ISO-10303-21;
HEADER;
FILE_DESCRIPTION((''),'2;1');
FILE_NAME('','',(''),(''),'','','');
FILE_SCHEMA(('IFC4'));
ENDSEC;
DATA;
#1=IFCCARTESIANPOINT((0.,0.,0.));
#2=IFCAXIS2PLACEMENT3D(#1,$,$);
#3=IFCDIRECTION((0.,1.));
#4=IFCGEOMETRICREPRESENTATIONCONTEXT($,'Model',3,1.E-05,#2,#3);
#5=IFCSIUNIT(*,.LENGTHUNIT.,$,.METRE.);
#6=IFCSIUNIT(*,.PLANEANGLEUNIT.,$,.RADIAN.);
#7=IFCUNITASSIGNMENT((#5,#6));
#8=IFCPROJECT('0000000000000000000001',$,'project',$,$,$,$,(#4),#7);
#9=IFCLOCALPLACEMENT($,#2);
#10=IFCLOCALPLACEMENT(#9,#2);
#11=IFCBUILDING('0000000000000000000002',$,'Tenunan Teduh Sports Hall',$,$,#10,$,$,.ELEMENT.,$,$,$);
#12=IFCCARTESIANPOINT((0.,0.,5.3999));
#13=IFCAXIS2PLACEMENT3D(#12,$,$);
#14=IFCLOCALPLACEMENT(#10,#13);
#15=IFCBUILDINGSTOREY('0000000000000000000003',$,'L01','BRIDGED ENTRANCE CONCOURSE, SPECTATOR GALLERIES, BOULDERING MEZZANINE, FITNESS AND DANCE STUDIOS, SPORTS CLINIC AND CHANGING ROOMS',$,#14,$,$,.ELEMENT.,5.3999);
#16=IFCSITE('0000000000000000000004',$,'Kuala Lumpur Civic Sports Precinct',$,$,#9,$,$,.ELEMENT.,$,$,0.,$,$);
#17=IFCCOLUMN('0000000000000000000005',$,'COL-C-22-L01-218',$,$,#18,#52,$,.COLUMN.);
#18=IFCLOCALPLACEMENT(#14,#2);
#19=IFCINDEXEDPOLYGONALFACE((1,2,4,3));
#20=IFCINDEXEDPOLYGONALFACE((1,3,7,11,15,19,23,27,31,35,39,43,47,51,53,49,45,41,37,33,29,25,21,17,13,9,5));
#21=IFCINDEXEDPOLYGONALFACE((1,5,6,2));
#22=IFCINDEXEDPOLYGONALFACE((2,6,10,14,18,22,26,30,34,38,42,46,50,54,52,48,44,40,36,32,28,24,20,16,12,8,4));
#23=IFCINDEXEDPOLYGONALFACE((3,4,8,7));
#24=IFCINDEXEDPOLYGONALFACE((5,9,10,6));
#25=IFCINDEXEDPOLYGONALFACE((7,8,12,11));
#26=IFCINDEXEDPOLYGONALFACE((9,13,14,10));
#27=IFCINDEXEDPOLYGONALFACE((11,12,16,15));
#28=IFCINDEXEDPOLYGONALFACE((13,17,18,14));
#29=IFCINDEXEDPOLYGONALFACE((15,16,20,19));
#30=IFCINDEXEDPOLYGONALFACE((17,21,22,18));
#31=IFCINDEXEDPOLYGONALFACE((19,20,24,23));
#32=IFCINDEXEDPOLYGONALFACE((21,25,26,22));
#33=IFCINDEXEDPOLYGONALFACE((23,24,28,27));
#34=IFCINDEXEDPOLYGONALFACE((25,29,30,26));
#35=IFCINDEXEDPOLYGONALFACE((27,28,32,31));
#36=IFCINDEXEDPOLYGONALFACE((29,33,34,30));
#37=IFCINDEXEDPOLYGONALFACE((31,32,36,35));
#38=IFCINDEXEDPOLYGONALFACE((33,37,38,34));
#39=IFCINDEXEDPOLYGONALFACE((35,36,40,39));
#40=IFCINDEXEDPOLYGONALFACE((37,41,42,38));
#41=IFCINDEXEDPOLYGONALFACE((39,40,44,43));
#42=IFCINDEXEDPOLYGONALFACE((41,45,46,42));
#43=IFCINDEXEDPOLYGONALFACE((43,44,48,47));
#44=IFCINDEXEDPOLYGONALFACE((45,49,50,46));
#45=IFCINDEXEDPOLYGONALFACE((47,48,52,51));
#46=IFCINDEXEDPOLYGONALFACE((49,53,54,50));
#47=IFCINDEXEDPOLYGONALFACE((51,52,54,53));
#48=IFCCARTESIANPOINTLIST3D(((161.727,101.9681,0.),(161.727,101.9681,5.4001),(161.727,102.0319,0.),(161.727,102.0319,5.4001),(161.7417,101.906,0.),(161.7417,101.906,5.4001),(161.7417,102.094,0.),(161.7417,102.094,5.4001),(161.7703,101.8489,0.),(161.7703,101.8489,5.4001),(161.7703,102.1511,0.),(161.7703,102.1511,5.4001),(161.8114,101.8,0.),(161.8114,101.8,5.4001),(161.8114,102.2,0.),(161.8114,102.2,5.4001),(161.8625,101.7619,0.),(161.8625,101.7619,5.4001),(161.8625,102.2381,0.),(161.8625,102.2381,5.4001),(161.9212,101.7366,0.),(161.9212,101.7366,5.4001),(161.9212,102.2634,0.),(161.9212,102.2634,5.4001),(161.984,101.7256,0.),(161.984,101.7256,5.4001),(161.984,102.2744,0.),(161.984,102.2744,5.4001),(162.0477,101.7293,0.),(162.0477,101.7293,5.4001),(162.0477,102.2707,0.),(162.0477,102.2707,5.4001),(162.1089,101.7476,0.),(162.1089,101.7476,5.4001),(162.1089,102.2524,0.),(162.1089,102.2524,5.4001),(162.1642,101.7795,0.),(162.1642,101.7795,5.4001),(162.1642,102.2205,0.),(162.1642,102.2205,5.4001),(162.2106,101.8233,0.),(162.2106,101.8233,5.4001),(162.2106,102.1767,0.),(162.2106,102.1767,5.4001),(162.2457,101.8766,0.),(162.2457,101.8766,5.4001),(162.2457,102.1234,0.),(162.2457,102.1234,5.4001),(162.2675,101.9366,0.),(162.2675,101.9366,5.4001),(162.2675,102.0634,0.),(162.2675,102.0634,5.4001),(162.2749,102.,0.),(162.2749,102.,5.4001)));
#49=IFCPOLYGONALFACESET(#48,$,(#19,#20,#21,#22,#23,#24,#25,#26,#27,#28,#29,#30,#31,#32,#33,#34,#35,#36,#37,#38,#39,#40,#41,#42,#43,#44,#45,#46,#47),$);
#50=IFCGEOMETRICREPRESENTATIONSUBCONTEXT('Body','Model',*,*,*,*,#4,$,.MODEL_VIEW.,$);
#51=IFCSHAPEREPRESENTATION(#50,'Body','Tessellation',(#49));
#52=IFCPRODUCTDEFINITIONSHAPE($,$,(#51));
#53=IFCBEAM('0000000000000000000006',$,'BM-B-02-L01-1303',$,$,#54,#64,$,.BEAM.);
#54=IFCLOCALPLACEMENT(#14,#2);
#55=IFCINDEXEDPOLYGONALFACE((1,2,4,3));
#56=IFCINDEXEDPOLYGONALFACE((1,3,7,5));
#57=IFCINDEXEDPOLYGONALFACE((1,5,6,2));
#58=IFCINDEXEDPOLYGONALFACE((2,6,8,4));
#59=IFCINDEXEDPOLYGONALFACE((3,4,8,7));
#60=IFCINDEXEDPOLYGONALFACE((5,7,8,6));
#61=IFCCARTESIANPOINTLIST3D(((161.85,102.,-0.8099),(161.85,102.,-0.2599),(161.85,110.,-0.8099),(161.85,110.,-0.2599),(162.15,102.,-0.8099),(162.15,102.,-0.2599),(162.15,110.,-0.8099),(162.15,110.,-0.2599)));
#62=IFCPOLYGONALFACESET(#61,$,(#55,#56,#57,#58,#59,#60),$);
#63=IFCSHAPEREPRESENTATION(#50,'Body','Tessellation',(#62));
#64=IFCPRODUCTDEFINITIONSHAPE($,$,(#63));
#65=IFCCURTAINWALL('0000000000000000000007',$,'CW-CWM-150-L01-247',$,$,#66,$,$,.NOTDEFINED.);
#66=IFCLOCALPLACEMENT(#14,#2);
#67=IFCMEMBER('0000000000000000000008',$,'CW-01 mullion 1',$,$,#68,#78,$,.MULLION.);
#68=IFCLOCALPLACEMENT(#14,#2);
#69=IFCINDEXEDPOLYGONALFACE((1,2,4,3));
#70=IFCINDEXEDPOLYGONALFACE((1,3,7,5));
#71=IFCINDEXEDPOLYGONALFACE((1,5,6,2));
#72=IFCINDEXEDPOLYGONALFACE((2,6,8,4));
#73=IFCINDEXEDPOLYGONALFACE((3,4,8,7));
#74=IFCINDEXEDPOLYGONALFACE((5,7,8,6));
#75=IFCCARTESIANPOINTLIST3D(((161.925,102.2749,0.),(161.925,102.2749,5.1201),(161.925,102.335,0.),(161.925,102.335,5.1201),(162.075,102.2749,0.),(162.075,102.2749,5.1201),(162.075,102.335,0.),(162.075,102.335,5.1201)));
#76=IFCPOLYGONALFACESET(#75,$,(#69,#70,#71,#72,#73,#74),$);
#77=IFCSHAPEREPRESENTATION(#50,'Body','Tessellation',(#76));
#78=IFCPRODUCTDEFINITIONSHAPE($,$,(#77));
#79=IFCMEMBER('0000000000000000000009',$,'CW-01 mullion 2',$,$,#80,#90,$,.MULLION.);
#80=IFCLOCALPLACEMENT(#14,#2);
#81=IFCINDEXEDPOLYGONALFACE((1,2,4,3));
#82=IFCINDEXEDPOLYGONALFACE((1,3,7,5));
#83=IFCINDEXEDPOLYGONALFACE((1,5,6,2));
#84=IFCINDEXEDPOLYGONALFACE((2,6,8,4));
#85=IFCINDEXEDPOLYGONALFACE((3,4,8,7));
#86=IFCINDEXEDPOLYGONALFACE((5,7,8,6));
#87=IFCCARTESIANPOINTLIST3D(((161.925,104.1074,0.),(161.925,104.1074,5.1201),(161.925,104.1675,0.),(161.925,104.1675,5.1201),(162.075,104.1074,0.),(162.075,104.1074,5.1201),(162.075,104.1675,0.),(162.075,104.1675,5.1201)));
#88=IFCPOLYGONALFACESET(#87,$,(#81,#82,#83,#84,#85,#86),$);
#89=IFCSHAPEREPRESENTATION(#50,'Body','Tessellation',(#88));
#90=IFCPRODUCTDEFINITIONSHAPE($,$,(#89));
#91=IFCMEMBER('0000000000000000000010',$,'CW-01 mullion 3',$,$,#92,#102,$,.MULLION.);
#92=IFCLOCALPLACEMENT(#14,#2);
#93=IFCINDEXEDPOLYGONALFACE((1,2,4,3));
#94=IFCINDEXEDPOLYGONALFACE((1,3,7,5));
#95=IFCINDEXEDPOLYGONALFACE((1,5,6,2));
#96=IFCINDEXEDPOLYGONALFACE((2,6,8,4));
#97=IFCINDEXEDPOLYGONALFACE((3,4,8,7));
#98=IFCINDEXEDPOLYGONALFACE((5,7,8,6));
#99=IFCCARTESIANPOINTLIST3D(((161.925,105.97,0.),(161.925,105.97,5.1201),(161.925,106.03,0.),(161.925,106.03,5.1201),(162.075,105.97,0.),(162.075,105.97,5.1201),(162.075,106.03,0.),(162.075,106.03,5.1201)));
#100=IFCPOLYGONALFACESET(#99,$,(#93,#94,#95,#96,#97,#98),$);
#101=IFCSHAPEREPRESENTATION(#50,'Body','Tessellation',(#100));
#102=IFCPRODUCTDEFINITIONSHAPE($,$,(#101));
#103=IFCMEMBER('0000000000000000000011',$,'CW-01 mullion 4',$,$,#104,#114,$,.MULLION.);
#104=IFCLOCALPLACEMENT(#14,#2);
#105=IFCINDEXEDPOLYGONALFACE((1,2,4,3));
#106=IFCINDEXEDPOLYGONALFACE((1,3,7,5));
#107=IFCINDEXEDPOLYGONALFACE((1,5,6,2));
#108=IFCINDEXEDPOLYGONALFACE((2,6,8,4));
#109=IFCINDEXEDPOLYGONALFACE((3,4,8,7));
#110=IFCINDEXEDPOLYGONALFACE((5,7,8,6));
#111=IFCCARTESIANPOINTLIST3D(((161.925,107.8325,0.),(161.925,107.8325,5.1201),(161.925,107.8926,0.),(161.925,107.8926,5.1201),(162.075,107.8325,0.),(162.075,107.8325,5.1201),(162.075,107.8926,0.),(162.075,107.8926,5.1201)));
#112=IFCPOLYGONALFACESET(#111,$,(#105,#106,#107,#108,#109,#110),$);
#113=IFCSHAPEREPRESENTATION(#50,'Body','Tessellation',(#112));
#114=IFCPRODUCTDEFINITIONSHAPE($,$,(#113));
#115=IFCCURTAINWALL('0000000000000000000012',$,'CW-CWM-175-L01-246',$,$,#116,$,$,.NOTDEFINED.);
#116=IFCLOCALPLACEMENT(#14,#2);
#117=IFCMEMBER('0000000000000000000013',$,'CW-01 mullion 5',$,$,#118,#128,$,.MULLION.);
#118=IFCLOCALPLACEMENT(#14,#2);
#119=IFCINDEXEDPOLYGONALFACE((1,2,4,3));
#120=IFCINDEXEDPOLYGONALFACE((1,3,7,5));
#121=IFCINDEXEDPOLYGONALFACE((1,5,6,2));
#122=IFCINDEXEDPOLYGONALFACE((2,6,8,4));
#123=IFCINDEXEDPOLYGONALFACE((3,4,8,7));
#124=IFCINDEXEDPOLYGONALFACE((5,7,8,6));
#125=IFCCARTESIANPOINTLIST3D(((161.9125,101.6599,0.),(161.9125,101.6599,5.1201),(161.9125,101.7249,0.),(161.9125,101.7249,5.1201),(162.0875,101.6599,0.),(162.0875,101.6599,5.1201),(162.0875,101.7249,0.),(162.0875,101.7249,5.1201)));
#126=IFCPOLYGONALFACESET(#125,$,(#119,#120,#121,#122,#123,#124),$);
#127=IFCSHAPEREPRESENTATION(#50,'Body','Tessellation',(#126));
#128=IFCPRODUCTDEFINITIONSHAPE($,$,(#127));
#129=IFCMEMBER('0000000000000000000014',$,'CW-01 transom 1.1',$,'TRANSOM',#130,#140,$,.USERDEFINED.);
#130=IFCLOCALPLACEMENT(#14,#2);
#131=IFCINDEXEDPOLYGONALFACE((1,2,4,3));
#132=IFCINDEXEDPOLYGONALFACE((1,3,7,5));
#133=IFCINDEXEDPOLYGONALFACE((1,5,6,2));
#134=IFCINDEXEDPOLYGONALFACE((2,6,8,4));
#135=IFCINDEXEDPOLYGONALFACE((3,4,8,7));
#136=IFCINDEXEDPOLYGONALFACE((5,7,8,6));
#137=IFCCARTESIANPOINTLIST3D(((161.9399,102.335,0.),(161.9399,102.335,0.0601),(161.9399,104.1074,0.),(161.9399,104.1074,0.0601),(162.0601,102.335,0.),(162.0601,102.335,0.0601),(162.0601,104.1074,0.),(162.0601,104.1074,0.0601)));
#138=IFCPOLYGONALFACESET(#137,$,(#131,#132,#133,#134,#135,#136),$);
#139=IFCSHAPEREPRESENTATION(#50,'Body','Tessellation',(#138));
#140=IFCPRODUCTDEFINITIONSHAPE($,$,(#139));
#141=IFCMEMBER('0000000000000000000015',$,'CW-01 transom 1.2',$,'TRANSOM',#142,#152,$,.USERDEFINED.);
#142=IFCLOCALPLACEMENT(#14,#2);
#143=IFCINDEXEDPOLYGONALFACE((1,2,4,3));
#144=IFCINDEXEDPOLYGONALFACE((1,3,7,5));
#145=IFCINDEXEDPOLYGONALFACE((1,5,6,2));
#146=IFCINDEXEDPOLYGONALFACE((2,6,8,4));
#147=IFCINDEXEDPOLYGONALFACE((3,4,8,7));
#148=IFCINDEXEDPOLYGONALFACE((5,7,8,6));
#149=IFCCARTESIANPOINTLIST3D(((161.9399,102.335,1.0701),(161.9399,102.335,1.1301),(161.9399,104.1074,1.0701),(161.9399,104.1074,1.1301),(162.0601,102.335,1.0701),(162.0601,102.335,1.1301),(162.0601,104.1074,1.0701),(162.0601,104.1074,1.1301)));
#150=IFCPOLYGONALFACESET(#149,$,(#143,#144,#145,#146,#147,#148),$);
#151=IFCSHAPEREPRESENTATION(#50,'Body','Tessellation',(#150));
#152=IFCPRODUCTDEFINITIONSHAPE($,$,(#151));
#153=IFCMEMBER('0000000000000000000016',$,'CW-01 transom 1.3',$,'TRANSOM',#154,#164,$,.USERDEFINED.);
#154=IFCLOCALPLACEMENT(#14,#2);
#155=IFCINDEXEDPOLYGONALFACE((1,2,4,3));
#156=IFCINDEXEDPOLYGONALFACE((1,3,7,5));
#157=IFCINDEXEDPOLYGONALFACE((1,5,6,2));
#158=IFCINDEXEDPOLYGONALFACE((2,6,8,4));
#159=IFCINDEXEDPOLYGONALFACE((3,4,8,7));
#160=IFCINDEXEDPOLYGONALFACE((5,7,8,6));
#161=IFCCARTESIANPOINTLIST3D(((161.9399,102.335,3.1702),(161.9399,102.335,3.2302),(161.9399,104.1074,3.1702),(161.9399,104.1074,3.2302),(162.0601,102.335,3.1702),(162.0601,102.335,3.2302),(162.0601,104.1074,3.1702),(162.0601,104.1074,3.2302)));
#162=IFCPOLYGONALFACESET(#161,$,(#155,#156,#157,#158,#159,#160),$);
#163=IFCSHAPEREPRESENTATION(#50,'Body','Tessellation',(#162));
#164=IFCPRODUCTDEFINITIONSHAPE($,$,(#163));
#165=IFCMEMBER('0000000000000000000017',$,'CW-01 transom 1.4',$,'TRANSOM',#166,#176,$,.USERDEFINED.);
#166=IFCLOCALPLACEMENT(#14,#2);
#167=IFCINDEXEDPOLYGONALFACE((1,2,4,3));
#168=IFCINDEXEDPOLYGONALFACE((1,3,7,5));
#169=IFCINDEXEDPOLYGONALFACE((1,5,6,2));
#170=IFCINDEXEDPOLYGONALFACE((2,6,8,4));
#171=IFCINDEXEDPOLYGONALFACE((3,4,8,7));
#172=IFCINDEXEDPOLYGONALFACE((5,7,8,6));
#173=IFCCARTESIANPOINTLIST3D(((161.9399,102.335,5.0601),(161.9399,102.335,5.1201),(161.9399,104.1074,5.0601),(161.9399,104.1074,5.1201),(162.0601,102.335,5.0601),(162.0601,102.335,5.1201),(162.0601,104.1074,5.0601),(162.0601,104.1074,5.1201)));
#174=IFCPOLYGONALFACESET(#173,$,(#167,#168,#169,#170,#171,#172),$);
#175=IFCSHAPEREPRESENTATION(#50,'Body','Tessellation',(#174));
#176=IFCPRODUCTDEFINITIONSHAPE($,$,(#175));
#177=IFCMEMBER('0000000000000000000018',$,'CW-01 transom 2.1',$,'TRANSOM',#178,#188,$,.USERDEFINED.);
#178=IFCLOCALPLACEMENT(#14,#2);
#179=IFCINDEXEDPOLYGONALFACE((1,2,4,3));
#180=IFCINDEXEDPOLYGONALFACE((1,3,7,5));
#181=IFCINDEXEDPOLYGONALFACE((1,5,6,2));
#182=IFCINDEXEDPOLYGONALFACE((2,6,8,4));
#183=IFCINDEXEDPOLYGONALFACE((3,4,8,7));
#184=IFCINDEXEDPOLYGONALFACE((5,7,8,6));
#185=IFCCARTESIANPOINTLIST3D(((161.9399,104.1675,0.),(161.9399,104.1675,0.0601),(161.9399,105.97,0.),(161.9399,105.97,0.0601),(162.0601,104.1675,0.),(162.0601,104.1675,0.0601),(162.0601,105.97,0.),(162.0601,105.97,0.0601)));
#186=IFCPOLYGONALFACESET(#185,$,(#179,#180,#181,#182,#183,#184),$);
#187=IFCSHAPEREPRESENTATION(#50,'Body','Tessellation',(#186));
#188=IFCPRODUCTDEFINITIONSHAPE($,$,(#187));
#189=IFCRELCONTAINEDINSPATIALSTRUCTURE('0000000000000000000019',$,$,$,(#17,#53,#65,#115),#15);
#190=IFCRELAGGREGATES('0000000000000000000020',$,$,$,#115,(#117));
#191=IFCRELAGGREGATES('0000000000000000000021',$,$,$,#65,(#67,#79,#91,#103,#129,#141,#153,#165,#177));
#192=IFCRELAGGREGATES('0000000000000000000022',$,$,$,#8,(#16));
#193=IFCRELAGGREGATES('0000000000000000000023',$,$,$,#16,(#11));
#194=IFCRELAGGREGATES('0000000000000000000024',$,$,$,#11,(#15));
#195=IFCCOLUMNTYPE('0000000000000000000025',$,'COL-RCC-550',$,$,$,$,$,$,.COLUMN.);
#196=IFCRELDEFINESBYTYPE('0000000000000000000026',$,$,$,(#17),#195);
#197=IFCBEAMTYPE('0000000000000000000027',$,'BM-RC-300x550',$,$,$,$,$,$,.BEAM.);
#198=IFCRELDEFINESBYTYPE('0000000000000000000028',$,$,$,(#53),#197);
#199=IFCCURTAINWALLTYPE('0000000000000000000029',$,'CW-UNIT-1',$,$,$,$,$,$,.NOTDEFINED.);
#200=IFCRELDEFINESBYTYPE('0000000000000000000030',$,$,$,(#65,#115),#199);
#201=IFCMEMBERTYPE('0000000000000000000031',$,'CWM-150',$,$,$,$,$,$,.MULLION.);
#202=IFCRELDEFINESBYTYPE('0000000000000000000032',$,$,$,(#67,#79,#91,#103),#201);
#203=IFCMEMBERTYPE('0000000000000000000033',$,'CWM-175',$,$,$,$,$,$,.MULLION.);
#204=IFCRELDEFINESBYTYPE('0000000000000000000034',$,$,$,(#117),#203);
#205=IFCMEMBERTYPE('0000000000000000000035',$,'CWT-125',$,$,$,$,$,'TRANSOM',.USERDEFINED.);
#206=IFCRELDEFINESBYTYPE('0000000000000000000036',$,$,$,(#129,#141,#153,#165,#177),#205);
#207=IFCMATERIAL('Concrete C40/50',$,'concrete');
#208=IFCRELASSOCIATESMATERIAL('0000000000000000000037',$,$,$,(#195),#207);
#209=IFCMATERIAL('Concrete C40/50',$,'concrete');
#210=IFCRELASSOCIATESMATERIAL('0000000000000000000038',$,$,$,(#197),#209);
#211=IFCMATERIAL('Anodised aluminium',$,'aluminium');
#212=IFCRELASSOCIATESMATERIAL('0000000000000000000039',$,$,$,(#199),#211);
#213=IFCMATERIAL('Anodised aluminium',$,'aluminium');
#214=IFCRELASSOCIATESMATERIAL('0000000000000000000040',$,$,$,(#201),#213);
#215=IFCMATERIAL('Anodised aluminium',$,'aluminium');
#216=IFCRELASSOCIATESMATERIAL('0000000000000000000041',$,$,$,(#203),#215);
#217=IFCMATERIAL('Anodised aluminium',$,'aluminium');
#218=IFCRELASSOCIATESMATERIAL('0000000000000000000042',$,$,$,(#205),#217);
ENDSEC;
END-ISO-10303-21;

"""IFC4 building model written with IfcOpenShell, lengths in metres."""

from ifc_helpers import new_model, si_unit, direction, frame, origin, origin_2d, place, context, subcontext, project, spatial, rectangle, circle, extrude, material, material_profile, profile_set, type_object, element, aggregate, save


model = new_model("IFC4")

# Units and contexts
model_context = context("Model", 3, precision=1e-05, world=origin(), true_north=direction((0.0, 1.0)))
body_context = subcontext(model_context, "Body", "Model", "MODEL_VIEW")
ifc_project = project(units=[si_unit("LENGTHUNIT", "METRE"), si_unit("PLANEANGLEUNIT", "RADIAN")], contexts=[model_context])

# Site, building, storey
site_placement = place(None, origin())
site = spatial("IfcSite", under=ifc_project, at=site_placement, Name="Kuala Lumpur Civic Sports Precinct", CompositionType="ELEMENT", RefElevation=0.0)
building_placement = place(site_placement, origin())
building = spatial("IfcBuilding", under=site, at=building_placement, Name="Tenunan Teduh Sports Hall", CompositionType="ELEMENT")
storey_placement = place(building_placement, frame((0.0, 0.0, 5.3999)))
storey = spatial("IfcBuildingStorey", under=building, at=storey_placement, Name="L01", Description="BRIDGED ENTRANCE CONCOURSE, SPECTATOR GALLERIES, BOULDERING MEZZANINE, FITNESS AND DANCE STUDIOS, SPORTS CLINIC AND CHANGING ROOMS", CompositionType="ELEMENT", Elevation=5.3999)

# Column
ifc_material_1 = material(Name="Concrete C40/50", Category="concrete")
ifc_material_profile_1 = material_profile(ifc_material_1, circle(Radius=0.2749, at=origin_2d()), Name="RCC D550")
ifc_profile_set_1 = profile_set([ifc_material_profile_1], Name="Concrete C40/50")
column_type = type_object("IfcColumnType", Name="COL-RCC-550", PredefinedType="COLUMN", material=ifc_profile_set_1)
column_placement = place(storey_placement, frame((162.0, 102.0, 0.0), z_axis=(0.0, 0.0, 1.0), x_axis=(1.0, 0.0, 0.0)))
element("IfcColumn", 1, at=column_placement, inside=storey, type_object=column_type, Name="COL-C-22-L01-218", PredefinedType="COLUMN", context=body_context, shape_type="SweptSolid", body=[
    extrude(circle(Radius=0.2749, at=origin_2d()), origin(), (0.0, 0.0, 1.0), 5.4001),
])

# Beam
ifc_material_2 = material(Name="Concrete C40/50", Category="concrete")
ifc_material_profile_2 = material_profile(ifc_material_2, rectangle(XDim=0.3, YDim=0.55, at=origin_2d()), Name="RCB 300x550")
ifc_profile_set_2 = profile_set([ifc_material_profile_2], Name="Concrete C40/50")
beam_type_1 = type_object("IfcBeamType", Name="BM-RC-300x550", PredefinedType="BEAM", material=ifc_profile_set_2)
beam_1_placement = place(storey_placement, frame((162.0, 102.0, -0.5349), z_axis=(0.0, 1.0, 0.0), x_axis=(-1.0, 0.0, 0.0)))
element("IfcBeam", 2, at=beam_1_placement, inside=storey, type_object=beam_type_1, Name="BM-B-02-L01-1303", PredefinedType="BEAM", context=body_context, shape_type="SweptSolid", body=[
    extrude(rectangle(XDim=0.3, YDim=0.55, at=origin_2d()), origin(), (0.0, 0.0, 1.0), 8.0),
])

# Curtain wall, members
ifc_material_3 = material(Name="Anodised aluminium", Category="aluminium")
curtain_wall_type = type_object("IfcCurtainWallType", Name="CW-UNIT-1", PredefinedType="NOTDEFINED", material=ifc_material_3)
curtain_wall_1_placement = place(storey_placement, origin())
curtain_wall_1 = element("IfcCurtainWall", 3, at=curtain_wall_1_placement, inside=storey, type_object=curtain_wall_type, Name="CW-CWM-150-L01-247", PredefinedType="NOTDEFINED")
ifc_material_4 = material(Name="Anodised aluminium", Category="aluminium")
ifc_material_profile_3 = material_profile(ifc_material_4, rectangle(XDim=0.0601, YDim=0.1499, at=origin_2d()), Name="CWM 60x150")
ifc_profile_set_3 = profile_set([ifc_material_profile_3], Name="Anodised aluminium")
member_type_1 = type_object("IfcMemberType", Name="CWM-150", PredefinedType="MULLION", material=ifc_profile_set_3)
member_1_placement = place(storey_placement, frame((162.0, 102.3049, 0.0), z_axis=(0.0, 0.0, 1.0), x_axis=(0.0, 1.0, 0.0)))
member_1 = element("IfcMember", 4, at=member_1_placement, type_object=member_type_1, Name="CW-01 mullion 1", PredefinedType="MULLION", context=body_context, shape_type="SweptSolid", body=[
    extrude(rectangle(XDim=0.0601, YDim=0.1499, at=origin_2d()), origin(), (0.0, 0.0, 1.0), 5.1201),
])
member_2_placement = place(storey_placement, frame((162.0, 104.1375, 0.0), z_axis=(0.0, 0.0, 1.0), x_axis=(0.0, 1.0, 0.0)))
member_2 = element("IfcMember", 5, at=member_2_placement, type_object=member_type_1, Name="CW-01 mullion 2", PredefinedType="MULLION", context=body_context, shape_type="SweptSolid", body=[
    extrude(rectangle(XDim=0.0601, YDim=0.1499, at=origin_2d()), origin(), (0.0, 0.0, 1.0), 5.1201),
])
member_3_placement = place(storey_placement, frame((162.0, 106.0, 0.0), z_axis=(0.0, 0.0, 1.0), x_axis=(0.0, 1.0, 0.0)))
member_3 = element("IfcMember", 6, at=member_3_placement, type_object=member_type_1, Name="CW-01 mullion 3", PredefinedType="MULLION", context=body_context, shape_type="SweptSolid", body=[
    extrude(rectangle(XDim=0.0601, YDim=0.1499, at=origin_2d()), origin(), (0.0, 0.0, 1.0), 5.1201),
])
member_4_placement = place(storey_placement, frame((162.0, 107.8625, 0.0), z_axis=(0.0, 0.0, 1.0), x_axis=(0.0, 1.0, 0.0)))
member_4 = element("IfcMember", 7, at=member_4_placement, type_object=member_type_1, Name="CW-01 mullion 4", PredefinedType="MULLION", context=body_context, shape_type="SweptSolid", body=[
    extrude(rectangle(XDim=0.0601, YDim=0.1499, at=origin_2d()), origin(), (0.0, 0.0, 1.0), 5.1201),
])

# Curtain wall, member
curtain_wall_2_placement = place(storey_placement, origin())
curtain_wall_2 = element("IfcCurtainWall", 8, at=curtain_wall_2_placement, inside=storey, type_object=curtain_wall_type, Name="CW-CWM-175-L01-246", PredefinedType="NOTDEFINED")
ifc_material_5 = material(Name="Anodised aluminium", Category="aluminium")
ifc_material_profile_4 = material_profile(ifc_material_5, rectangle(XDim=0.0649, YDim=0.175, at=origin_2d()), Name="CWM 65x175")
ifc_profile_set_4 = profile_set([ifc_material_profile_4], Name="Anodised aluminium")
member_type_2 = type_object("IfcMemberType", Name="CWM-175", PredefinedType="MULLION", material=ifc_profile_set_4)
member_5_placement = place(storey_placement, frame((162.0, 101.6924, 0.0), z_axis=(0.0, 0.0, 1.0), x_axis=(0.0, 1.0, 0.0)))
member_5 = element("IfcMember", 9, at=member_5_placement, type_object=member_type_2, Name="CW-01 mullion 5", PredefinedType="MULLION", context=body_context, shape_type="SweptSolid", body=[
    extrude(rectangle(XDim=0.0649, YDim=0.175, at=origin_2d()), origin(), (0.0, 0.0, 1.0), 5.1201),
])
aggregate(curtain_wall_2, [member_5])

# Members
ifc_material_6 = material(Name="Anodised aluminium", Category="aluminium")
ifc_material_profile_5 = material_profile(ifc_material_6, rectangle(XDim=0.0601, YDim=0.1201, at=origin_2d()), Name="CWT 60x120")
ifc_profile_set_5 = profile_set([ifc_material_profile_5], Name="Anodised aluminium")
member_type_3 = type_object("IfcMemberType", Name="CWT-125", ElementType="TRANSOM", PredefinedType="USERDEFINED", material=ifc_profile_set_5)
member_6_placement = place(storey_placement, frame((162.0, 102.335, 0.03), z_axis=(0.0, 1.0, 0.0), x_axis=(0.0, 0.0, 1.0)))
member_6 = element("IfcMember", 10, at=member_6_placement, type_object=member_type_3, Name="CW-01 transom 1.1", ObjectType="TRANSOM", PredefinedType="USERDEFINED", context=body_context, shape_type="SweptSolid", body=[
    extrude(rectangle(XDim=0.0601, YDim=0.1201, at=origin_2d()), origin(), (0.0, 0.0, 1.0), 1.7725),
])
member_7_placement = place(storey_placement, frame((162.0, 102.335, 1.1001), z_axis=(0.0, 1.0, 0.0), x_axis=(0.0, 0.0, 1.0)))
member_7 = element("IfcMember", 11, at=member_7_placement, type_object=member_type_3, Name="CW-01 transom 1.2", ObjectType="TRANSOM", PredefinedType="USERDEFINED", context=body_context, shape_type="SweptSolid", body=[
    extrude(rectangle(XDim=0.0601, YDim=0.1201, at=origin_2d()), origin(), (0.0, 0.0, 1.0), 1.7725),
])
member_8_placement = place(storey_placement, frame((162.0, 102.335, 3.2002), z_axis=(0.0, 1.0, 0.0), x_axis=(0.0, 0.0, 1.0)))
member_8 = element("IfcMember", 12, at=member_8_placement, type_object=member_type_3, Name="CW-01 transom 1.3", ObjectType="TRANSOM", PredefinedType="USERDEFINED", context=body_context, shape_type="SweptSolid", body=[
    extrude(rectangle(XDim=0.0601, YDim=0.1201, at=origin_2d()), origin(), (0.0, 0.0, 1.0), 1.7725),
])
member_9_placement = place(storey_placement, frame((162.0, 102.335, 5.0901), z_axis=(0.0, 1.0, 0.0), x_axis=(0.0, 0.0, 1.0)))
member_9 = element("IfcMember", 13, at=member_9_placement, type_object=member_type_3, Name="CW-01 transom 1.4", ObjectType="TRANSOM", PredefinedType="USERDEFINED", context=body_context, shape_type="SweptSolid", body=[
    extrude(rectangle(XDim=0.0601, YDim=0.1201, at=origin_2d()), origin(), (0.0, 0.0, 1.0), 1.7725),
])
member_10_placement = place(storey_placement, frame((162.0, 104.1675, 0.03), z_axis=(0.0, 1.0, 0.0), x_axis=(0.0, 0.0, 1.0)))
member_10 = element("IfcMember", 14, at=member_10_placement, type_object=member_type_3, Name="CW-01 transom 2.1", ObjectType="TRANSOM", PredefinedType="USERDEFINED", context=body_context, shape_type="SweptSolid", body=[
    extrude(rectangle(XDim=0.0601, YDim=0.1201, at=origin_2d()), origin(), (0.0, 0.0, 1.0), 1.8025),
])

aggregate(curtain_wall_1, [member_1, member_2, member_3, member_4, member_6, member_7, member_8, member_9, member_10])

save(model, "model.ifc")
